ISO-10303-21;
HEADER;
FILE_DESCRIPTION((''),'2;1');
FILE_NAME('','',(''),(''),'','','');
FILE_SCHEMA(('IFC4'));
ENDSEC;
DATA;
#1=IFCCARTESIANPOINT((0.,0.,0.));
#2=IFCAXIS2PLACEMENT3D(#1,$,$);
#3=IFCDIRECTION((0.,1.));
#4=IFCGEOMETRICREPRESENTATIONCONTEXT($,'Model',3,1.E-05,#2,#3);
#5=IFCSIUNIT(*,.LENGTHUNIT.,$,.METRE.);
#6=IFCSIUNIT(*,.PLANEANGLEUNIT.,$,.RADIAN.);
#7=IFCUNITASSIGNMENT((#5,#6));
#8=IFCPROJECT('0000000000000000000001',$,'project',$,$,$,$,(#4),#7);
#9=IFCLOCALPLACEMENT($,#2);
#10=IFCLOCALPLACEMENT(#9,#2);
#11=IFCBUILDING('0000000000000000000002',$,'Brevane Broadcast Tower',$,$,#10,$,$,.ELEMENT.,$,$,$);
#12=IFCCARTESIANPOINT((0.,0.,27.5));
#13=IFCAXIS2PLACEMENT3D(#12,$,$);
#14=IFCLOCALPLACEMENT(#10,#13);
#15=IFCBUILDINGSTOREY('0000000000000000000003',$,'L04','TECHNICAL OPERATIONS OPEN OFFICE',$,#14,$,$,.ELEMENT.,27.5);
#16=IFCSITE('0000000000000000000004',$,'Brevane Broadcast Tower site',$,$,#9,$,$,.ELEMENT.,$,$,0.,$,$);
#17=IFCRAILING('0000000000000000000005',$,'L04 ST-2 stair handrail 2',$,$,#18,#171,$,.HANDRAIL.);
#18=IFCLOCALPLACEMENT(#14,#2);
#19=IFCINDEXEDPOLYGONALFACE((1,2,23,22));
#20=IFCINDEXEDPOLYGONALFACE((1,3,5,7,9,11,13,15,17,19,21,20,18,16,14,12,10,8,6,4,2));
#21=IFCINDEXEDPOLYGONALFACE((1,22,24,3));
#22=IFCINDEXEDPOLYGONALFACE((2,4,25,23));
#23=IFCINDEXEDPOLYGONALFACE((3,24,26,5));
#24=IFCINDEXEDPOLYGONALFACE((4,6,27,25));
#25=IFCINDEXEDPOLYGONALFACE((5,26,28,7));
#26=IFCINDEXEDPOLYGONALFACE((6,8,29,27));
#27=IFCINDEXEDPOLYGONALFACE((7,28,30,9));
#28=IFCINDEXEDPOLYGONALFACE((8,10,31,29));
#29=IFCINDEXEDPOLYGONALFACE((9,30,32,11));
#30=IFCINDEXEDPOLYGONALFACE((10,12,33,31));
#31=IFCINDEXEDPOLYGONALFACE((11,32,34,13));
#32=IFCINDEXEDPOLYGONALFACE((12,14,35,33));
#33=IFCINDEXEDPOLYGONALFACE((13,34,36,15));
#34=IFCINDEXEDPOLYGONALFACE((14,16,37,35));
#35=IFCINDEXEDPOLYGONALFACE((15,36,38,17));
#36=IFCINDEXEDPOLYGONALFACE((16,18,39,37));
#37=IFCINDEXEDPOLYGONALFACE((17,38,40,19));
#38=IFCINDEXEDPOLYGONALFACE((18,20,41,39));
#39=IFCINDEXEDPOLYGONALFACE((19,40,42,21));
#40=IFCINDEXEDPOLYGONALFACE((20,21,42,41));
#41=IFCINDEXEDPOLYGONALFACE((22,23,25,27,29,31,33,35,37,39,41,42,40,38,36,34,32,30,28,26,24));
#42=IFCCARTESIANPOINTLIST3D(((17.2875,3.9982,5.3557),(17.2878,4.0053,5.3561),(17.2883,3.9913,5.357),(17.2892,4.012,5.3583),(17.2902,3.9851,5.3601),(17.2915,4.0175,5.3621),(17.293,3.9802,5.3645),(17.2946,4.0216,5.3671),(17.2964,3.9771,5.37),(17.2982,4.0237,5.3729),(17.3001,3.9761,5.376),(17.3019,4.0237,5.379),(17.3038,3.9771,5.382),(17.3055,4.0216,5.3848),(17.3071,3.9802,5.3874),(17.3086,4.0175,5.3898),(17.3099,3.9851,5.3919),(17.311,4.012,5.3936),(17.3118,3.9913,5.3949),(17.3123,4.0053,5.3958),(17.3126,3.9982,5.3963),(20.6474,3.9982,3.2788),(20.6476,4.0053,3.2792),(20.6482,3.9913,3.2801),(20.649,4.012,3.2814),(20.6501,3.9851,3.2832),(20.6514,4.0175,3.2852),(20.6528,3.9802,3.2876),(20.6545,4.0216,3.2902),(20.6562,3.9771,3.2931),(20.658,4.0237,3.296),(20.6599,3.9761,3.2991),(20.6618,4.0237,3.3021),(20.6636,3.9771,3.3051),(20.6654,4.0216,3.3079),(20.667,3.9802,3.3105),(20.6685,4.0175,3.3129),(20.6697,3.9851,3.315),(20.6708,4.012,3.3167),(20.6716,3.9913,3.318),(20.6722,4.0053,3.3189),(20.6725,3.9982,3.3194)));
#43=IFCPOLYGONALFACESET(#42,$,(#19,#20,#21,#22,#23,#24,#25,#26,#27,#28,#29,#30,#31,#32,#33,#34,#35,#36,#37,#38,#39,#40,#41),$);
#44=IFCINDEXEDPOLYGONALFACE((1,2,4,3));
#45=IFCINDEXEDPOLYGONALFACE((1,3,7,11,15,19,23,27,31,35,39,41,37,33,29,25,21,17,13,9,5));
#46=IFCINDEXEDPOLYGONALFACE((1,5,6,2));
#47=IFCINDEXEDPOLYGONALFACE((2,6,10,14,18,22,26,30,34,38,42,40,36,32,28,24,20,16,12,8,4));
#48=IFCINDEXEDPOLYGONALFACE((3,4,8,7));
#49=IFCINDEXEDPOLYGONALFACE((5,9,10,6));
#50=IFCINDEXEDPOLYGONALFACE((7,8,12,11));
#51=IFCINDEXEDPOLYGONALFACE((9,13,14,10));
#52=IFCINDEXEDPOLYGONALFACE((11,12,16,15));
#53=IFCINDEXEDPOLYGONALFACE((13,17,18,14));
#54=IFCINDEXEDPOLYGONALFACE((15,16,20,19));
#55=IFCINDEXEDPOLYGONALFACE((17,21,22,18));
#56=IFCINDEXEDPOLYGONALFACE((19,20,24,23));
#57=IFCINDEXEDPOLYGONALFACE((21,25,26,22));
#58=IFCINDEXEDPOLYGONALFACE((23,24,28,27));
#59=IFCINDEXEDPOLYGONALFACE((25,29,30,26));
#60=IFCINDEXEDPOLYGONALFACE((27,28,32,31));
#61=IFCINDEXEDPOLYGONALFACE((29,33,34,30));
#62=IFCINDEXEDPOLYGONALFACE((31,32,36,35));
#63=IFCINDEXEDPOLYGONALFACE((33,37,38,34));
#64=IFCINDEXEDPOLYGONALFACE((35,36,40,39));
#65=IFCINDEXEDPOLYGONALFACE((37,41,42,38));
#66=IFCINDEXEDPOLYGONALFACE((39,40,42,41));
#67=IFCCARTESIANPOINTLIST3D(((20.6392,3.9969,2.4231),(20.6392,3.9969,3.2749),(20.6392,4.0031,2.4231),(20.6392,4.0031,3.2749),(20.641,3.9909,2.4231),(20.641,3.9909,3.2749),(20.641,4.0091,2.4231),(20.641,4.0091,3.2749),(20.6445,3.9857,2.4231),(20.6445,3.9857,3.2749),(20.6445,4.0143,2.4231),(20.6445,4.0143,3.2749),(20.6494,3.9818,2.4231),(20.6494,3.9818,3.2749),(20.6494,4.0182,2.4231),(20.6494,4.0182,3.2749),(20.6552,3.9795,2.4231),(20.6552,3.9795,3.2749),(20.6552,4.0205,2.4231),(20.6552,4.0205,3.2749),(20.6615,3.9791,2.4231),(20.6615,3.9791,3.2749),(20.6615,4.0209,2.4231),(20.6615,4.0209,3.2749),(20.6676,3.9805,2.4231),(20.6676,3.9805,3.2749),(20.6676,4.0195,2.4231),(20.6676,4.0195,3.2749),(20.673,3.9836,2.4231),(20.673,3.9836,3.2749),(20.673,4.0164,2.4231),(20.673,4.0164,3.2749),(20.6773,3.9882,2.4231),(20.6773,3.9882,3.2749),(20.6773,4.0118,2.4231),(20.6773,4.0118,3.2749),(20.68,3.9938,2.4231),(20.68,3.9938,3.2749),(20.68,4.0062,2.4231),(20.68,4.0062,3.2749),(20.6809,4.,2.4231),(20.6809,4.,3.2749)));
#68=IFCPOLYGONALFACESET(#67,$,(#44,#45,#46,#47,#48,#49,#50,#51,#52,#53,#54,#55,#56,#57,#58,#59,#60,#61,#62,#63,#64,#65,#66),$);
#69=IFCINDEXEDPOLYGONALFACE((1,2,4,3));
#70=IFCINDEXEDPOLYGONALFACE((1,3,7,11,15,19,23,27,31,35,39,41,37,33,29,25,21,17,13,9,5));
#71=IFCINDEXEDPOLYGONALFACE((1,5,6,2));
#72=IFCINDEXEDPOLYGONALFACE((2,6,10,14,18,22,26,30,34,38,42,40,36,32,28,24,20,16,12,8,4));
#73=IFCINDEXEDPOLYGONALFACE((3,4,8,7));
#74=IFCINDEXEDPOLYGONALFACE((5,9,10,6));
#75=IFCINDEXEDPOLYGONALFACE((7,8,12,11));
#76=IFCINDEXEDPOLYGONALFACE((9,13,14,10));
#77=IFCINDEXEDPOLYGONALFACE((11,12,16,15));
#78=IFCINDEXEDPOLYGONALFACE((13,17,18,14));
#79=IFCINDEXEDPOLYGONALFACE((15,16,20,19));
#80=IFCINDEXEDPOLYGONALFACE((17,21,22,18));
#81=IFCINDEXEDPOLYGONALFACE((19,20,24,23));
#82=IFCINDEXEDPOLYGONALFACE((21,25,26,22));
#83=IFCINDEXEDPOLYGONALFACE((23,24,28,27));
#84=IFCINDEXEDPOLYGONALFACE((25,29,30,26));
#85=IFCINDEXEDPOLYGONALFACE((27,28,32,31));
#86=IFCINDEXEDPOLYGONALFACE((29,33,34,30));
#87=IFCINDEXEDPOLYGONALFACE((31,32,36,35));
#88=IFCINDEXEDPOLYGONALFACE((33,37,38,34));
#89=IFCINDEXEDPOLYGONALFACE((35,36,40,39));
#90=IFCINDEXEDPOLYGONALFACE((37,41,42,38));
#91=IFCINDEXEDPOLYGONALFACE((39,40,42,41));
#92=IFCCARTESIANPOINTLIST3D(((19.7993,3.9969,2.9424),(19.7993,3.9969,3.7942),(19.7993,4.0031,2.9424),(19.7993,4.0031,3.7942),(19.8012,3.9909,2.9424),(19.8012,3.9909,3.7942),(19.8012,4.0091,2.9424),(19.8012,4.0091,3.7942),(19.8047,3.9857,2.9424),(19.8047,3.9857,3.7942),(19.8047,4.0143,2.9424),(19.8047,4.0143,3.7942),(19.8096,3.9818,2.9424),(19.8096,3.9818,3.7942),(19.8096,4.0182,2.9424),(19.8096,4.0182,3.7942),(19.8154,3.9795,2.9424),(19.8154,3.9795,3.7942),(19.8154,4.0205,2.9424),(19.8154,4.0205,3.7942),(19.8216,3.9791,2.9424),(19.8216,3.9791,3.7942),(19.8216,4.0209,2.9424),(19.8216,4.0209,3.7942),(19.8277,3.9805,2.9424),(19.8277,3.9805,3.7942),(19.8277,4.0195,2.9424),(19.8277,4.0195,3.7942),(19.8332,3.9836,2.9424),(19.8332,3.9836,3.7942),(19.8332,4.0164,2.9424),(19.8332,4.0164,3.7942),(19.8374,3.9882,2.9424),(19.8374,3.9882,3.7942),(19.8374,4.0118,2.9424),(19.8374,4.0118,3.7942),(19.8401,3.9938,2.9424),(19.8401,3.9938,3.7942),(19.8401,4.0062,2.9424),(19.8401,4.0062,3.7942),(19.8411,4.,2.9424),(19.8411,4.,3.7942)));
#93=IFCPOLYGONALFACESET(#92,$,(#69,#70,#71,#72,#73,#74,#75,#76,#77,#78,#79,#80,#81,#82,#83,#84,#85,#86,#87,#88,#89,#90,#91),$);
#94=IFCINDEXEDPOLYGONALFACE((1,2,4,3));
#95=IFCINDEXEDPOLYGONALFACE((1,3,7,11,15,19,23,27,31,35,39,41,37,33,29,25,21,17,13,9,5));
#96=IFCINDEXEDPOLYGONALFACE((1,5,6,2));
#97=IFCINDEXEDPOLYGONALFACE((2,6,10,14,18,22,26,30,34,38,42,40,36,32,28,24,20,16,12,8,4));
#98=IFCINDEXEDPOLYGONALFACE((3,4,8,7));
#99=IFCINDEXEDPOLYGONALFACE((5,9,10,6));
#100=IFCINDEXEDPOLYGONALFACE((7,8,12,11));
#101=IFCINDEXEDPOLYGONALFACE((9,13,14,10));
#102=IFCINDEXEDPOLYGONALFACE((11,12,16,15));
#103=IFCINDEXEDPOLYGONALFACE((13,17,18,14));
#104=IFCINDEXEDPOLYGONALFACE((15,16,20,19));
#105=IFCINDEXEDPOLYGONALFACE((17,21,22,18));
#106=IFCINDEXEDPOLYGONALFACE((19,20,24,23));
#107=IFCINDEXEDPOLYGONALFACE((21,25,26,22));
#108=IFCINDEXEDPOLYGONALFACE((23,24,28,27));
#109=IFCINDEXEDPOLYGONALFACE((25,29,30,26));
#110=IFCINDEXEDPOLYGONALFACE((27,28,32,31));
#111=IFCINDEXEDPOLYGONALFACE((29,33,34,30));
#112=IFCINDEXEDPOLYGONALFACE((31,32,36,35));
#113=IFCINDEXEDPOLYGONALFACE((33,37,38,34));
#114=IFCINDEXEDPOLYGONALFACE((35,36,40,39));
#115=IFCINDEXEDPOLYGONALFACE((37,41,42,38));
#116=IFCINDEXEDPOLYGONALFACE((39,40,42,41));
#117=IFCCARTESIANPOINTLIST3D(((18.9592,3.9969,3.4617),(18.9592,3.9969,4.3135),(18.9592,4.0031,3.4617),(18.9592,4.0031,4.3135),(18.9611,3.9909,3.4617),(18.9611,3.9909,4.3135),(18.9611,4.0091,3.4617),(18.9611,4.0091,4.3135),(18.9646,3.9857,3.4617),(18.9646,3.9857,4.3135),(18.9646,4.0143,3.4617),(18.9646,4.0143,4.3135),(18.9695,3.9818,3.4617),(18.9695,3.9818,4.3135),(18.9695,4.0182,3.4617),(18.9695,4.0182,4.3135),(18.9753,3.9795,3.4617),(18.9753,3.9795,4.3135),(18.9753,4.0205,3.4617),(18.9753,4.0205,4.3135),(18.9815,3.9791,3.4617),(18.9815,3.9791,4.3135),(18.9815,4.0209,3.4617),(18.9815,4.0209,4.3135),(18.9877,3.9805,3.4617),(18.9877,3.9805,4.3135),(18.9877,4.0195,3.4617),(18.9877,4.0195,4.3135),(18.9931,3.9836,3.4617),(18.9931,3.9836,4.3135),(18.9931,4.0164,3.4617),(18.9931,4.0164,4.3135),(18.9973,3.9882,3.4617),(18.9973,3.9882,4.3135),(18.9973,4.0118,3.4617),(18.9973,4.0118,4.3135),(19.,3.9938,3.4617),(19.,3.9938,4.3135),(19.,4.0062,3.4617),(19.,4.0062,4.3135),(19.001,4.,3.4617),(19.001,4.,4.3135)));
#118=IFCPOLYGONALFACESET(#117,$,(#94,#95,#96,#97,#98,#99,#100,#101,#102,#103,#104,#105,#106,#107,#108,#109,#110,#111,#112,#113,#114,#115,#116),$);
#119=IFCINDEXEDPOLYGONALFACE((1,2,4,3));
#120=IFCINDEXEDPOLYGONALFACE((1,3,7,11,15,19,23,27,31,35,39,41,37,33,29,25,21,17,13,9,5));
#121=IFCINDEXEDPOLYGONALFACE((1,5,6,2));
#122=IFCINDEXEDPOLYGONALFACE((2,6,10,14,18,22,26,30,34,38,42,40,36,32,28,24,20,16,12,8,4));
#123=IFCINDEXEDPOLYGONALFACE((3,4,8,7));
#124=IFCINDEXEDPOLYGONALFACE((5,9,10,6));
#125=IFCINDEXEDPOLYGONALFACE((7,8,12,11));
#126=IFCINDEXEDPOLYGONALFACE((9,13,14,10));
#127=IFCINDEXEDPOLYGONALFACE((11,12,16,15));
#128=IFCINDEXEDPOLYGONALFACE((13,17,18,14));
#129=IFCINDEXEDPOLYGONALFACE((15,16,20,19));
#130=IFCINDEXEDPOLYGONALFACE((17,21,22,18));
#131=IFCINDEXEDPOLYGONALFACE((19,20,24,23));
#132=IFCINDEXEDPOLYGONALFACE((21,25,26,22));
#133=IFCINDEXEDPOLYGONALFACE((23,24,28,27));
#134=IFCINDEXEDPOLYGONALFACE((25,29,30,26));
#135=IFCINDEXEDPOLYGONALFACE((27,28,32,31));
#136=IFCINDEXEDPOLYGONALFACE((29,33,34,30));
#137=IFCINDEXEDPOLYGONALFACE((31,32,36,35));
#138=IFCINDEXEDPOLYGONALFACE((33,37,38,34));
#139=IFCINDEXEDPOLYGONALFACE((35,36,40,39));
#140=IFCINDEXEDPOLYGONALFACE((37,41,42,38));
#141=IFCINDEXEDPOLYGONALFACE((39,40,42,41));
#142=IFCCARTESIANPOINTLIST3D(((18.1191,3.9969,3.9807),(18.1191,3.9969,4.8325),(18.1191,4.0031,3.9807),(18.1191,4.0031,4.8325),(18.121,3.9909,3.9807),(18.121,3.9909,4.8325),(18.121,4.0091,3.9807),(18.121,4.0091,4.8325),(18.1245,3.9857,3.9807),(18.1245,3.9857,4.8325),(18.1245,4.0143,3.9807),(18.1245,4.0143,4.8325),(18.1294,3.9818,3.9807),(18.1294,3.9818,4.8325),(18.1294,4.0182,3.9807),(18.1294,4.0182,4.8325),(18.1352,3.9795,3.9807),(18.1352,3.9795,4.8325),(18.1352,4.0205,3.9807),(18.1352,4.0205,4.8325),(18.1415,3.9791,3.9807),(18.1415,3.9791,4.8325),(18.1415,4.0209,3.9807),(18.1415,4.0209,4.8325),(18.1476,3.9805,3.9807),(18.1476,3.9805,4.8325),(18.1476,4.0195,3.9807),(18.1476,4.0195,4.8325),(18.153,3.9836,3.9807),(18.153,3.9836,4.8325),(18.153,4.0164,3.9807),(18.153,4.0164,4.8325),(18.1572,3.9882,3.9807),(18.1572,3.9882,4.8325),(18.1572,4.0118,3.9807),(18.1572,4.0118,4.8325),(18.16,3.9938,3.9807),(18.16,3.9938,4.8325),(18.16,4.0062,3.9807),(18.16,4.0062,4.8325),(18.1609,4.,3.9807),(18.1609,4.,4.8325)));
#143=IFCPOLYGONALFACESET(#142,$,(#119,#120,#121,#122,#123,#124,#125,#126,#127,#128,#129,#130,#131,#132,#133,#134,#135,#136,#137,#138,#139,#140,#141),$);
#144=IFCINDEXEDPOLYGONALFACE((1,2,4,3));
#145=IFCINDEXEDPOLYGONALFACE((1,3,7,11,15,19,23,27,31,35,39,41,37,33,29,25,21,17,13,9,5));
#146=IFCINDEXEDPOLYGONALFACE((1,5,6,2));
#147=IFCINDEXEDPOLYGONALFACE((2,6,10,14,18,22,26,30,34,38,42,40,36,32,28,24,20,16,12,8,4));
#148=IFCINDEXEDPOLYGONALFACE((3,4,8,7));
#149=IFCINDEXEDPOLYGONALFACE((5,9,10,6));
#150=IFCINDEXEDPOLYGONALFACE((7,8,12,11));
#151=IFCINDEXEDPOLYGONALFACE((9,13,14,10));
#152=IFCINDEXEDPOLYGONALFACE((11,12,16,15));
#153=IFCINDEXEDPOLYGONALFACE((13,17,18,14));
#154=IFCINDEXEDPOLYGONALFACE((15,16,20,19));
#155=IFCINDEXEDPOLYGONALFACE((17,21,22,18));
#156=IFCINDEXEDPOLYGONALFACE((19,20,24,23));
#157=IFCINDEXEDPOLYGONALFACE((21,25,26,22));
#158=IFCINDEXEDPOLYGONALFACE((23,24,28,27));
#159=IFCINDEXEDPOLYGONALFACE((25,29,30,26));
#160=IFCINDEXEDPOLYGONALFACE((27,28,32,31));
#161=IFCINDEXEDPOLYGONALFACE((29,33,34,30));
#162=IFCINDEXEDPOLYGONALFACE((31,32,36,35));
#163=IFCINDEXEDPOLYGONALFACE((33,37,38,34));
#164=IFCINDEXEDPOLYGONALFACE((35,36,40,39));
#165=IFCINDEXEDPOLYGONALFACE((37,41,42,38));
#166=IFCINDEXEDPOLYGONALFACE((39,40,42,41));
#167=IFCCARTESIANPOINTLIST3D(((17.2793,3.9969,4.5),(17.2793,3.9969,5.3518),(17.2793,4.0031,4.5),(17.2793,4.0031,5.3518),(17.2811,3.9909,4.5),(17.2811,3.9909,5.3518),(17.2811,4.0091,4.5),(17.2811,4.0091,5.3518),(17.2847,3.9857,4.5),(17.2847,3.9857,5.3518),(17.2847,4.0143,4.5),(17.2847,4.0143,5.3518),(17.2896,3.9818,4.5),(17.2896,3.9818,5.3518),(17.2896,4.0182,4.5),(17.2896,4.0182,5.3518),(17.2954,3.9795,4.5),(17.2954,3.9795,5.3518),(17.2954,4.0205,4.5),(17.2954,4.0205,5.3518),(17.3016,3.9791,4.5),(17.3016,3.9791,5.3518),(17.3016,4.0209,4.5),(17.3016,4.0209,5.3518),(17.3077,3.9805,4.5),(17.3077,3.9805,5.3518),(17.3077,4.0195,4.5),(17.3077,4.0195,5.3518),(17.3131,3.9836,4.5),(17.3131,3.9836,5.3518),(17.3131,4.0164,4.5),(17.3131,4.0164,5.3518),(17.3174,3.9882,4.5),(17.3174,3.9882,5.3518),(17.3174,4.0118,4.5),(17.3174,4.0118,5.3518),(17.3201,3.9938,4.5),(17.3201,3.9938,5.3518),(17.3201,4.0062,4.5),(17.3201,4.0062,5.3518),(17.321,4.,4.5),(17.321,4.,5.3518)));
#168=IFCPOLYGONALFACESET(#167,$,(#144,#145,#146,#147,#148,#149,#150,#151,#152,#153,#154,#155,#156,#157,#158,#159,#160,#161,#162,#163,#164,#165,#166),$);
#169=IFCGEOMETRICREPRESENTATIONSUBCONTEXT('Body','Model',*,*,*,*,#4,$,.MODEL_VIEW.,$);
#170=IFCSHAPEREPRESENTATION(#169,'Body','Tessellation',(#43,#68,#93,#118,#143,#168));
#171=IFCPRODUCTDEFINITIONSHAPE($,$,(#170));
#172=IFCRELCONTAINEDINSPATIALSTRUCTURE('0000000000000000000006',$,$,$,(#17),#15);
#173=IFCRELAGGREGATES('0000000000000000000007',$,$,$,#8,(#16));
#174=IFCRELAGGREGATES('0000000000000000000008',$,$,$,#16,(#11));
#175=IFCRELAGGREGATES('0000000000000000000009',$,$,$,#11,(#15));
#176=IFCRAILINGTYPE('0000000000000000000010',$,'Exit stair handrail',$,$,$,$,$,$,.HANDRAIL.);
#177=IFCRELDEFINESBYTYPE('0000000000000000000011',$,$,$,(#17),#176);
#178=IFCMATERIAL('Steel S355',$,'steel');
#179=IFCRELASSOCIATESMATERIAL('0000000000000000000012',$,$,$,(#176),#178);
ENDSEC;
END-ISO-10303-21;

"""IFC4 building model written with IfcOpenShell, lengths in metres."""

from ifc_helpers import new_model, si_unit, direction, frame, origin, origin_2d, place, context, subcontext, project, spatial, circle, extrude, material, type_object, element, save


model = new_model("IFC4")

# Units and contexts
model_context = context("Model", 3, precision=1e-05, world=origin(), true_north=direction((0.0, 1.0)))
body_context = subcontext(model_context, "Body", "Model", "MODEL_VIEW")
ifc_project = project(units=[si_unit("LENGTHUNIT", "METRE"), si_unit("PLANEANGLEUNIT", "RADIAN")], contexts=[model_context])

# Site, building, storey
site_placement = place(None, origin())
site = spatial("IfcSite", under=ifc_project, at=site_placement, Name="Brevane Broadcast Tower site", CompositionType="ELEMENT", RefElevation=0.0)
building_placement = place(site_placement, origin())
building = spatial("IfcBuilding", under=site, at=building_placement, Name="Brevane Broadcast Tower", CompositionType="ELEMENT")
storey_placement = place(building_placement, frame((0.0, 0.0, 27.5)))
storey = spatial("IfcBuildingStorey", under=building, at=storey_placement, Name="L04", Description="TECHNICAL OPERATIONS OPEN OFFICE", CompositionType="ELEMENT", Elevation=27.5)

# Railing
ifc_material_1 = material(Name="Steel S355", Category="steel")
railing_type_1 = type_object("IfcRailingType", Name="Exit stair handrail", PredefinedType="HANDRAIL", material=ifc_material_1)
railing_1_placement = place(storey_placement, frame((20.6599, 4.0, 2.4231)))
element("IfcRailing", 1, at=railing_1_placement, inside=storey, type_object=railing_type_1, Name="L04 ST-2 stair handrail 2", PredefinedType="HANDRAIL", context=body_context, shape_type="SweptSolid", body=[
    extrude(circle(Radius=0.0239, at=origin_2d()), frame((0.0, 0.0, 0.876), z_axis=(-0.850606, 0.0, 0.525803), x_axis=(0.0, -1.0, 0.0)), (0.0, 0.0, 1.0), 3.95),
    extrude(circle(Radius=0.021, at=origin_2d()), origin(), (0.0, 0.0, 1.0), 0.8518),
    extrude(circle(Radius=0.021, at=origin_2d()), frame((-0.8398, 0.0, 0.5193)), (0.0, 0.0, 1.0), 0.8518),
    extrude(circle(Radius=0.021, at=origin_2d()), frame((-1.6799, 0.0, 1.0386)), (0.0, 0.0, 1.0), 0.8518),
    extrude(circle(Radius=0.021, at=origin_2d()), frame((-2.52, 0.0, 1.5576)), (0.0, 0.0, 1.0), 0.8518),
    extrude(circle(Radius=0.021, at=origin_2d()), frame((-3.3599, 0.0, 2.0769)), (0.0, 0.0, 1.0), 0.8518),
])

save(model, "model.ifc")
